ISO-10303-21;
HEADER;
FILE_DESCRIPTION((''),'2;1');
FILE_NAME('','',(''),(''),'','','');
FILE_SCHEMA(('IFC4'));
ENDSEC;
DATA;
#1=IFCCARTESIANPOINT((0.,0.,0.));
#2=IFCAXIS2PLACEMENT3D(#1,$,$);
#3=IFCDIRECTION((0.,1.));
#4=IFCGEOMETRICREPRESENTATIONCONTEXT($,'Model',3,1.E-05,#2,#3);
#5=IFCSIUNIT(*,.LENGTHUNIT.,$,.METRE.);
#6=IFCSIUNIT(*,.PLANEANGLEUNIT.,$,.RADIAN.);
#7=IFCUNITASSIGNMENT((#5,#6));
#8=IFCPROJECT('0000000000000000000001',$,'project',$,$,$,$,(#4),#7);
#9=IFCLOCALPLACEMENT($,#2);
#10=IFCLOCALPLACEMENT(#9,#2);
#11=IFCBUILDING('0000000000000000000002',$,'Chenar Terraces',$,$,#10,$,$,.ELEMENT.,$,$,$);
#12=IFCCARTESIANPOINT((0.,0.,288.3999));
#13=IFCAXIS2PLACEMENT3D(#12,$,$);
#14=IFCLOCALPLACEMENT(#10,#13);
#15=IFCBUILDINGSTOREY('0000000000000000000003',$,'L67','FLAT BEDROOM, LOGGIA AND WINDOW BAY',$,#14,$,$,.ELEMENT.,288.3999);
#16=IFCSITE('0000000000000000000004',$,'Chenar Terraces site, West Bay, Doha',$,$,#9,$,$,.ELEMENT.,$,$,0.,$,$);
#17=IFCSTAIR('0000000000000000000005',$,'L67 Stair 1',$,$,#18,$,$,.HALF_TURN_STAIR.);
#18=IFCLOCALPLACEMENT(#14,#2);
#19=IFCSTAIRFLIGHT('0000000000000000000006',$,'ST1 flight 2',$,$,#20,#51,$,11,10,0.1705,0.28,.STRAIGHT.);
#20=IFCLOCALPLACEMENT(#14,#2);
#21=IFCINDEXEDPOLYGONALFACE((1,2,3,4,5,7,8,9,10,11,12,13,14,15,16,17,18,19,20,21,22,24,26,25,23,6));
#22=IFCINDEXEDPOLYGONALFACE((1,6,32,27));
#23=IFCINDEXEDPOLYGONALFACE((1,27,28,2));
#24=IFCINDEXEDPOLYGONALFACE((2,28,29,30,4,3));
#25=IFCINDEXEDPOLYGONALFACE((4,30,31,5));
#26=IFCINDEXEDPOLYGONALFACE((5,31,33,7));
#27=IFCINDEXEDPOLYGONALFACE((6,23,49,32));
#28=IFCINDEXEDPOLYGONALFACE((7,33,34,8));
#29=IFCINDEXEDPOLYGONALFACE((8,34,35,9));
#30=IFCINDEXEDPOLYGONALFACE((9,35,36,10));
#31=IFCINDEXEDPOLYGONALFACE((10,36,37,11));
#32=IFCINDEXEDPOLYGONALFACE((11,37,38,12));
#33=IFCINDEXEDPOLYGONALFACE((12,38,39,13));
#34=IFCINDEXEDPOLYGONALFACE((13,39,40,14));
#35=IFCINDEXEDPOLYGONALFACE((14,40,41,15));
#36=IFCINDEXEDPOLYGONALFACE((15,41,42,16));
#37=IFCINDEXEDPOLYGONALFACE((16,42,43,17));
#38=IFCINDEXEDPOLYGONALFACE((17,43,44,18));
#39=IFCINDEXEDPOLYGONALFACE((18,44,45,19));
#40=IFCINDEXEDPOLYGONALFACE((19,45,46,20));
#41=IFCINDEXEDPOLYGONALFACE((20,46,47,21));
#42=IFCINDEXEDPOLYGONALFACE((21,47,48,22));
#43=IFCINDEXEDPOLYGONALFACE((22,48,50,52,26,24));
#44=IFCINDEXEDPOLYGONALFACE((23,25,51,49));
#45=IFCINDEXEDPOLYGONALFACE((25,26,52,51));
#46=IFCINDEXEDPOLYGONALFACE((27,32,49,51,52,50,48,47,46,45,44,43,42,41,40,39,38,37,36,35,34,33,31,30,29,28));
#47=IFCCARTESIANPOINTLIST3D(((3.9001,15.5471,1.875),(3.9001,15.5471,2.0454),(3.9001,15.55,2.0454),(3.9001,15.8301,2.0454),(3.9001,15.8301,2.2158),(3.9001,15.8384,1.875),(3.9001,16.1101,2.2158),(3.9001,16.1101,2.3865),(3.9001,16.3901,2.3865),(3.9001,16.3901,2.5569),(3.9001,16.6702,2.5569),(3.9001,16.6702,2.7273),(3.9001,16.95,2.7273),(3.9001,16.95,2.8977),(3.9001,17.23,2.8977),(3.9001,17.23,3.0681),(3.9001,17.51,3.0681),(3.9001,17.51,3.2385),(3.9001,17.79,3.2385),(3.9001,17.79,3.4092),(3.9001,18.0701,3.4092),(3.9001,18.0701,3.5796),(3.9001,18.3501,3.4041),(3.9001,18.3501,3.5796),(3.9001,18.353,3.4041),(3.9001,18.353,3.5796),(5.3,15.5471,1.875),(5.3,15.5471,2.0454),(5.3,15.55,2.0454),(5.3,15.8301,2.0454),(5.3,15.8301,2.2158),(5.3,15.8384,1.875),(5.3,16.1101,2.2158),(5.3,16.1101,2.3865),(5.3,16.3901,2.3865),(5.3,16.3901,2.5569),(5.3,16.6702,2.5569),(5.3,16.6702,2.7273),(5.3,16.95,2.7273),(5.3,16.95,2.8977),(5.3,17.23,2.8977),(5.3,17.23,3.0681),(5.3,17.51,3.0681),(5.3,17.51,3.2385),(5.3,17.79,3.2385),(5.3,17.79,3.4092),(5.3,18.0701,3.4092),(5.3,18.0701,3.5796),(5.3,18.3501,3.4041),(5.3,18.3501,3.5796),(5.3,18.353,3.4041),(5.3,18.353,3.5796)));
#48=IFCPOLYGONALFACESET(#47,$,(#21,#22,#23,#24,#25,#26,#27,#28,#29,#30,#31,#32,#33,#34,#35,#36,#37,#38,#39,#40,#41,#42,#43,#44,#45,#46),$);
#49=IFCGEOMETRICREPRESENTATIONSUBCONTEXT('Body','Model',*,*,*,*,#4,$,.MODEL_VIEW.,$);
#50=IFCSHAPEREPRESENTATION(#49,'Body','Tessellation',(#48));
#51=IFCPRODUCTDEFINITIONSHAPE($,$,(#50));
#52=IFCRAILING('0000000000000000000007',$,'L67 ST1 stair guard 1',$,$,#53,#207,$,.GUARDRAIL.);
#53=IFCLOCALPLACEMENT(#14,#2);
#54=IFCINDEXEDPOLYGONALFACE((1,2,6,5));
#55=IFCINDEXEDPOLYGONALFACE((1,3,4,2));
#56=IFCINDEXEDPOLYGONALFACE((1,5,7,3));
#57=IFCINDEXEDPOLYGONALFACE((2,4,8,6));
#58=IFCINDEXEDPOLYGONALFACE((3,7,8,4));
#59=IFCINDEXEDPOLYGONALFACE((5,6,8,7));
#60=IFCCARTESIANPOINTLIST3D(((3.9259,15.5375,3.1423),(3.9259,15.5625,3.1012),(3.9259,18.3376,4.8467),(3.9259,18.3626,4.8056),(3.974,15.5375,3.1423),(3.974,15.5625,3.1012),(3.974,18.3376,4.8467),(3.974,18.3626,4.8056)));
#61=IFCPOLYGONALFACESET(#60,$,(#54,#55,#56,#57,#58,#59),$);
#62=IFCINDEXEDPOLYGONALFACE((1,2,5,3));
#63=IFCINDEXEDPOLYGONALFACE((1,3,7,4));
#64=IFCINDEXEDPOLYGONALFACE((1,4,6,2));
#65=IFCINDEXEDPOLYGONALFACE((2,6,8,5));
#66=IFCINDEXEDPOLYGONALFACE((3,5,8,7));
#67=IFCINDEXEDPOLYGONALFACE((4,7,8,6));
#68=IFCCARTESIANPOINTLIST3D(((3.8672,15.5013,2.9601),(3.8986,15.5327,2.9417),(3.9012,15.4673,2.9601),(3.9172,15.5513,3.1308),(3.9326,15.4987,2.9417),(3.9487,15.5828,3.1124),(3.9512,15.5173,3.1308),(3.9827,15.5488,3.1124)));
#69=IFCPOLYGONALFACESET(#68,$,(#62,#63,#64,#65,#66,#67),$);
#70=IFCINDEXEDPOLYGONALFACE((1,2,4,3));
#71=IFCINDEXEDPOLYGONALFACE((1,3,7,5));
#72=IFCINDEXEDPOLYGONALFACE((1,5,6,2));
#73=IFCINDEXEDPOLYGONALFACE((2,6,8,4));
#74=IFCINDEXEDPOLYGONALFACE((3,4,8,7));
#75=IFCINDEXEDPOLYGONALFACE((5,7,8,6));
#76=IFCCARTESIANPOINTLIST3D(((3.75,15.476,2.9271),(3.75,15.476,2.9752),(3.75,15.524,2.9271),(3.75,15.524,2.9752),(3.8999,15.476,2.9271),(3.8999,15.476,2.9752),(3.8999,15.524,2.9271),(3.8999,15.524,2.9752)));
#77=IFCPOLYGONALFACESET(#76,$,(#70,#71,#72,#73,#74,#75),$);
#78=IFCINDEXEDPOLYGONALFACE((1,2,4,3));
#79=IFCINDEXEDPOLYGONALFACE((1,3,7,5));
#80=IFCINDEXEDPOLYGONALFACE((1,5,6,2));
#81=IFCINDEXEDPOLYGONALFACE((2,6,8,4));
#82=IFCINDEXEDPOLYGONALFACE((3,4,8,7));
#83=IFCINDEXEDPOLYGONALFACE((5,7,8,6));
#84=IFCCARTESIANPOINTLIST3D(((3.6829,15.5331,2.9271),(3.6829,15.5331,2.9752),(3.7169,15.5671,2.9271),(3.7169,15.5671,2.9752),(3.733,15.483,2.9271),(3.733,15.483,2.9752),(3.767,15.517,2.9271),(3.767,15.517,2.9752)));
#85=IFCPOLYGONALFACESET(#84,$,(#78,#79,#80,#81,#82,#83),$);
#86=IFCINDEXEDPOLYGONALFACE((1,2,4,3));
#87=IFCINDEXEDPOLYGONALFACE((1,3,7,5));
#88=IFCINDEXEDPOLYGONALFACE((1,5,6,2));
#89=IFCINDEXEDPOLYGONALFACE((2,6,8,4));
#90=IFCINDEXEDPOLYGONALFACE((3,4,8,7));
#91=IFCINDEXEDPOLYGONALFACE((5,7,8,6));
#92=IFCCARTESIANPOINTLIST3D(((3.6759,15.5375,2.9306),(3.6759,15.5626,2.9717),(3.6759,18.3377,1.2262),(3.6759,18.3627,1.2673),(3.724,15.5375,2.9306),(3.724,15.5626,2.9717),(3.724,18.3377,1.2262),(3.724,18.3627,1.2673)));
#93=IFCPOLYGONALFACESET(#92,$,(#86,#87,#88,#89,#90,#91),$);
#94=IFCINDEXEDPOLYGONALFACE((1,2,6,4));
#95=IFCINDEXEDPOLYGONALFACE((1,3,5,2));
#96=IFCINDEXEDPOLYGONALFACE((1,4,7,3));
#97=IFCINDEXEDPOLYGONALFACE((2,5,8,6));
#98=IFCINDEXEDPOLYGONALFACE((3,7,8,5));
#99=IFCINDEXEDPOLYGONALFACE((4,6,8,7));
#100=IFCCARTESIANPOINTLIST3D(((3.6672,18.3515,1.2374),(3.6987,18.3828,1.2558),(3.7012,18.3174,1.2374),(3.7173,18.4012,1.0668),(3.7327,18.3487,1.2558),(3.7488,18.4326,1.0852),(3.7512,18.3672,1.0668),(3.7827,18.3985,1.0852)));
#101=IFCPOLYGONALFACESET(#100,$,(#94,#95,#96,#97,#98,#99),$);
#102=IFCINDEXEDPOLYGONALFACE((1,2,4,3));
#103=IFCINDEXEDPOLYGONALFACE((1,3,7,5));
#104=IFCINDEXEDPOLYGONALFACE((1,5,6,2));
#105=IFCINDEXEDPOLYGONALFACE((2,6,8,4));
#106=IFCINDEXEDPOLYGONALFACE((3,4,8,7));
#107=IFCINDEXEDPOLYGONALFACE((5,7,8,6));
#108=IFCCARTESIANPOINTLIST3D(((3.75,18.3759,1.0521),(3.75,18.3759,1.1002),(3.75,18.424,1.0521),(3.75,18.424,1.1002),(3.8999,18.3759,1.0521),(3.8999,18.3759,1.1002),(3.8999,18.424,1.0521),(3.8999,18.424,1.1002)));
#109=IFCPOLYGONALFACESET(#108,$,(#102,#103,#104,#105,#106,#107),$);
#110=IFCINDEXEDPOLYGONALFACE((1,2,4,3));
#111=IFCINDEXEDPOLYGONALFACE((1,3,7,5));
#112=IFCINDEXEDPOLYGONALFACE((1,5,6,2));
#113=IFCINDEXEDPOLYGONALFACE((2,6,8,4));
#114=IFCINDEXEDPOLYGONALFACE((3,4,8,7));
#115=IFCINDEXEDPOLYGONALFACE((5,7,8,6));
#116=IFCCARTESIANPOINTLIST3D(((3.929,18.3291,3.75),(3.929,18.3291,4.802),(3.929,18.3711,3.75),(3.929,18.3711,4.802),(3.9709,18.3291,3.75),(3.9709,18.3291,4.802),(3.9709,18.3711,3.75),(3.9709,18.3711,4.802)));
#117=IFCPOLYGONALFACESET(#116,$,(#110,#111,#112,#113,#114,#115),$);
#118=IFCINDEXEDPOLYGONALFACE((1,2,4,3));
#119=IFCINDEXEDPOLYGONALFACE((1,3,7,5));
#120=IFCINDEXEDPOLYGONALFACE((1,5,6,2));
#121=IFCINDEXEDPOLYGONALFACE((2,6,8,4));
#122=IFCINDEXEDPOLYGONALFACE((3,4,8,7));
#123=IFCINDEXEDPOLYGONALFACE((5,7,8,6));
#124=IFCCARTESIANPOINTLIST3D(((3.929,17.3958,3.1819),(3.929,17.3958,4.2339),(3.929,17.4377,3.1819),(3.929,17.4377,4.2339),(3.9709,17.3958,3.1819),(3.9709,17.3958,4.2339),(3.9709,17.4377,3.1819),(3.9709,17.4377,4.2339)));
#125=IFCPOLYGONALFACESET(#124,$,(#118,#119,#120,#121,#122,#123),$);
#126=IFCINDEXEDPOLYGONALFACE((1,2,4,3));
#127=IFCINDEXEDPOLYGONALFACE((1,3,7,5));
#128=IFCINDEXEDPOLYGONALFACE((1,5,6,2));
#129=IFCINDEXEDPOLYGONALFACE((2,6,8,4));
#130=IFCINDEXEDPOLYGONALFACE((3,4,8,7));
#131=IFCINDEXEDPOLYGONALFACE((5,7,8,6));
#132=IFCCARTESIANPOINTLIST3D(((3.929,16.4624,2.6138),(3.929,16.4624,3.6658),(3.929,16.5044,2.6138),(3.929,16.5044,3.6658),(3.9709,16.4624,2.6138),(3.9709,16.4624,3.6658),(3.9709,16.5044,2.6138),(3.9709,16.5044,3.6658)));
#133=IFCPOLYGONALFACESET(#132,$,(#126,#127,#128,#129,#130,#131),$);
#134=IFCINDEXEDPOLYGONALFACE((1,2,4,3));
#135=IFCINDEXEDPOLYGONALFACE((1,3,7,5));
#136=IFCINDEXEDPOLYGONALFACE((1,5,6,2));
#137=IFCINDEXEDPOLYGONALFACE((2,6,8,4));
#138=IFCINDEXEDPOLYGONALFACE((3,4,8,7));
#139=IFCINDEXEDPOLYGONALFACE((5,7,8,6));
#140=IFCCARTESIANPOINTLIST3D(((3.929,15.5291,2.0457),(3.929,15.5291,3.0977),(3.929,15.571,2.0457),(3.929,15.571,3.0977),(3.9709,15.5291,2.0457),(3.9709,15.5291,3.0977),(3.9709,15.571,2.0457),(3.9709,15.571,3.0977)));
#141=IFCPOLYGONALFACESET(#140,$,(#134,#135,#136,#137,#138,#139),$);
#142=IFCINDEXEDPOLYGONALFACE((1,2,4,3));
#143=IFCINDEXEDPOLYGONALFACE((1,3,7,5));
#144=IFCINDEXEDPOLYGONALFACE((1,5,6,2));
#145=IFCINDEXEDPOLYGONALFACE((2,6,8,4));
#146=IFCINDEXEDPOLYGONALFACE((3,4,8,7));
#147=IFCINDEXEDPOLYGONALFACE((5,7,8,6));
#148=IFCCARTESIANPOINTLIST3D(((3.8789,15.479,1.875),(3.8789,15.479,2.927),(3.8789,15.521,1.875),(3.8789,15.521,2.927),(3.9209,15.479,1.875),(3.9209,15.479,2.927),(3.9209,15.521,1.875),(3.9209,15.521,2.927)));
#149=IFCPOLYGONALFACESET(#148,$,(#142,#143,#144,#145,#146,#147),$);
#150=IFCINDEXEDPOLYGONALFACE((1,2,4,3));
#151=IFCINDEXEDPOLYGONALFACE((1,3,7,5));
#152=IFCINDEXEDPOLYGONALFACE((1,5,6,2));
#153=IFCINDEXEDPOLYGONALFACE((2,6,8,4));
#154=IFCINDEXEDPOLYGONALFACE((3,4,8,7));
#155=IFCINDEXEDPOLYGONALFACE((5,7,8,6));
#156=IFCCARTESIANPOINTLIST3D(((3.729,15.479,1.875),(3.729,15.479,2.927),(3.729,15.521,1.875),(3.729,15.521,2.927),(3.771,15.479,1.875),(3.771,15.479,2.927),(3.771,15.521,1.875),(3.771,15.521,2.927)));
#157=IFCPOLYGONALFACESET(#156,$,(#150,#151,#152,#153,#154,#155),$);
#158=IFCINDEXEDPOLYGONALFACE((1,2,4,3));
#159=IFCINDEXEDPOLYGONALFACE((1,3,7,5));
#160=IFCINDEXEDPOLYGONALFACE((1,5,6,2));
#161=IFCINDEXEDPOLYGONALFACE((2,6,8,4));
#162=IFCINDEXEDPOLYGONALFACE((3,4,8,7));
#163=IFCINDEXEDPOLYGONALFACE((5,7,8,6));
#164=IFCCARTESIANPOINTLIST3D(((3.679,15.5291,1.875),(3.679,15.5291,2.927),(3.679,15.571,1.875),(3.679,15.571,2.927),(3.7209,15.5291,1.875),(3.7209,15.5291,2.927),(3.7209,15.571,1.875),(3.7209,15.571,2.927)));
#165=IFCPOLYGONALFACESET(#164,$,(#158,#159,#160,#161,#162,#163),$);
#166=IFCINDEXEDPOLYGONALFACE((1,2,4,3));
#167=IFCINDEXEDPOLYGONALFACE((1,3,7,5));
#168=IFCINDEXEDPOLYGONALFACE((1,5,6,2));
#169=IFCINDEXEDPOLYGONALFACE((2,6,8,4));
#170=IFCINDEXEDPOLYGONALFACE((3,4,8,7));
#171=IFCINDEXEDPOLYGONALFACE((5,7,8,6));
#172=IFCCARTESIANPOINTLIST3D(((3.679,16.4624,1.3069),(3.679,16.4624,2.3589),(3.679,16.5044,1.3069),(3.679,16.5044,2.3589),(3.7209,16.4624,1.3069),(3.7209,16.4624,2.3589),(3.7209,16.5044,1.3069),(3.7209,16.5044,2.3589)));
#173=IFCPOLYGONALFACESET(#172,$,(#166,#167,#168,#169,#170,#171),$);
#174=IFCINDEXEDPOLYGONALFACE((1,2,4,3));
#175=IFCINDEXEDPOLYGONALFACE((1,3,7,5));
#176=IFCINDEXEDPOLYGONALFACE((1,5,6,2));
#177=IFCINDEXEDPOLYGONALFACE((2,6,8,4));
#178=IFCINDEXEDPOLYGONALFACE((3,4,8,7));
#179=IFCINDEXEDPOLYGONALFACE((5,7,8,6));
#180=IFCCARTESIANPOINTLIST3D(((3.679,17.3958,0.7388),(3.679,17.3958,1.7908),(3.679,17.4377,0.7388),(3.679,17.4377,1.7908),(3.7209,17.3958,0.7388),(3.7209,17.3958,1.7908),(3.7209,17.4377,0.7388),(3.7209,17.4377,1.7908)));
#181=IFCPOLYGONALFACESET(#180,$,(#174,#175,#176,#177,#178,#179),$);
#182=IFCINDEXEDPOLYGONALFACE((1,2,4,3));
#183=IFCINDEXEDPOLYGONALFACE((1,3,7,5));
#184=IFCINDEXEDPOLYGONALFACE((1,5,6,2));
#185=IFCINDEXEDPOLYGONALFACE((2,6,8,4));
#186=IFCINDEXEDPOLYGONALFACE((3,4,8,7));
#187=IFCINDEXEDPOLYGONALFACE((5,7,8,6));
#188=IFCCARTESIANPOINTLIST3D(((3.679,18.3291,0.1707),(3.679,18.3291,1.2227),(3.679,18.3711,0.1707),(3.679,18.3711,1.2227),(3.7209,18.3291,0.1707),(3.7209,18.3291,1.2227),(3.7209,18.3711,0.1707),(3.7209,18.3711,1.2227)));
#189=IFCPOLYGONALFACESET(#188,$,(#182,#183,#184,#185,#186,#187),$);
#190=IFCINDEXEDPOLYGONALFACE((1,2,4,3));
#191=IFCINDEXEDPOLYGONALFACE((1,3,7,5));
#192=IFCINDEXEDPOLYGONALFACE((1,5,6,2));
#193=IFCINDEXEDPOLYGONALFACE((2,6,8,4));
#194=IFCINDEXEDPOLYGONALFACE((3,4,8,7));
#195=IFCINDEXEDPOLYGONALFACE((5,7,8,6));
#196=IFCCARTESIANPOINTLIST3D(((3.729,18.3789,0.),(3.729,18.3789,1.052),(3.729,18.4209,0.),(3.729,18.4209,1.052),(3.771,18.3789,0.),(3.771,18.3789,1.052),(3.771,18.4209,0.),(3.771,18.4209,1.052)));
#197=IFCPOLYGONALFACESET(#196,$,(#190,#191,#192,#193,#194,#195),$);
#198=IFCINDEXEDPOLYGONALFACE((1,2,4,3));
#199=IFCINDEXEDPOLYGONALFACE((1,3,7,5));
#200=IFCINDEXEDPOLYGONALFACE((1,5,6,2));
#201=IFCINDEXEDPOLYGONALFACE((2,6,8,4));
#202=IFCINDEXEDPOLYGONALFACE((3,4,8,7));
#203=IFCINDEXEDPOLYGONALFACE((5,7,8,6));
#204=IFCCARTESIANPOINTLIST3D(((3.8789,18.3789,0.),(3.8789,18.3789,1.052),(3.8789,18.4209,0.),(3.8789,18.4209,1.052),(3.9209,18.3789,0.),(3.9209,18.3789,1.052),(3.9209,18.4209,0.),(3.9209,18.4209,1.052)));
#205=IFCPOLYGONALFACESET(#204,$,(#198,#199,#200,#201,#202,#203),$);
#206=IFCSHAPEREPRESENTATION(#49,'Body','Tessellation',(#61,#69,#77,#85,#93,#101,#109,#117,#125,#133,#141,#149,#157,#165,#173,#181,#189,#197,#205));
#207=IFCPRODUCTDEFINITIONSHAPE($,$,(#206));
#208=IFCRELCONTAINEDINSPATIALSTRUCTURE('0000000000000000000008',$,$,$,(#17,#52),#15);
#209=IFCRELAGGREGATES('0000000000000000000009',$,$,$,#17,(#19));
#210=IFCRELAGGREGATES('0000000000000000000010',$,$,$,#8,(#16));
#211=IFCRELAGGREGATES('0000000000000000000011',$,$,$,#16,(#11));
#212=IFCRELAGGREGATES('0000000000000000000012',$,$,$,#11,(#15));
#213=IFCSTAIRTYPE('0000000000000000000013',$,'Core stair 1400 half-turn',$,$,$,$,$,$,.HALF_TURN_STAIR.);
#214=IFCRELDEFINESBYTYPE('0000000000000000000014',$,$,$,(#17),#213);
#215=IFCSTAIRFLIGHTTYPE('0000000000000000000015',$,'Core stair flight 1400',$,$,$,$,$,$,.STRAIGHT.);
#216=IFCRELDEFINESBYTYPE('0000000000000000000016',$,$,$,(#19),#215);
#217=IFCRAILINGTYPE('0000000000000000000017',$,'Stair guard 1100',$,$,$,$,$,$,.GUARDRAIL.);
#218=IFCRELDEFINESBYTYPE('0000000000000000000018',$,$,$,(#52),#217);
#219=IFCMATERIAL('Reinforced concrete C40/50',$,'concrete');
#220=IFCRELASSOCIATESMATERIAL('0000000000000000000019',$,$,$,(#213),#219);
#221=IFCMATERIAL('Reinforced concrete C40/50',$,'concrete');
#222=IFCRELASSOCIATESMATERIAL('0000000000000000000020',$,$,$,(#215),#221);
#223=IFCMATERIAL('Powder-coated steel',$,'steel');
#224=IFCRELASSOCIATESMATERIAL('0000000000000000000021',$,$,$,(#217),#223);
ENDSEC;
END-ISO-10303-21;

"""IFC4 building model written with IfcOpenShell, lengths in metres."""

from ifc_helpers import new_model, si_unit, direction, frame, origin, origin_2d, place, context, subcontext, project, spatial, polyline, rectangle, outline, extrude, material, type_object, element, aggregate, save


model = new_model("IFC4")

# Units and contexts
model_context = context("Model", 3, precision=1e-05, world=origin(), true_north=direction((0.0, 1.0)))
body_context = subcontext(model_context, "Body", "Model", "MODEL_VIEW")
ifc_project = project(units=[si_unit("LENGTHUNIT", "METRE"), si_unit("PLANEANGLEUNIT", "RADIAN")], contexts=[model_context])

# Site, building, storey
site_placement = place(None, origin())
site = spatial("IfcSite", under=ifc_project, at=site_placement, Name="Chenar Terraces site, West Bay, Doha", CompositionType="ELEMENT", RefElevation=0.0)
building_placement = place(site_placement, origin())
building = spatial("IfcBuilding", under=site, at=building_placement, Name="Chenar Terraces", CompositionType="ELEMENT")
storey_placement = place(building_placement, frame((0.0, 0.0, 288.3999)))
storey = spatial("IfcBuildingStorey", under=building, at=storey_placement, Name="L67", Description="FLAT BEDROOM, LOGGIA AND WINDOW BAY", CompositionType="ELEMENT", Elevation=288.3999)

# Stair, stair flight
ifc_material_1 = material(Name="Reinforced concrete C40/50", Category="concrete")
stair_type = type_object("IfcStairType", Name="Core stair 1400 half-turn", PredefinedType="HALF_TURN_STAIR", material=ifc_material_1)
stair_placement = place(storey_placement, origin())
stair = element("IfcStair", 1, at=stair_placement, inside=storey, type_object=stair_type, Name="L67 Stair 1", PredefinedType="HALF_TURN_STAIR")
ifc_material_2 = material(Name="Reinforced concrete C40/50", Category="concrete")
stair_flight_type = type_object("IfcStairFlightType", Name="Core stair flight 1400", PredefinedType="STRAIGHT", material=ifc_material_2)
stair_flight_1_placement = place(storey_placement, frame((4.6001, 15.55, 1.875), z_axis=(0.0, 0.0, 1.0), x_axis=(0.0, 1.0, 0.0)))
stair_flight_1 = element("IfcStairFlight", 2, at=stair_flight_1_placement, type_object=stair_flight_type, Name="ST1 flight 2", NumberOfRisers=11, NumberOfTreads=10, PredefinedType="STRAIGHT", RiserHeight=0.1705, TreadLength=0.28, context=body_context, shape_type="SweptSolid", body=[
    extrude(outline(polyline([(-0.0029, 0.0), (-0.0029, 0.1704), (0.0, 0.1704), (0.28, 0.1704), (0.28, 0.3408), (0.5601, 0.3408), (0.5601, 0.5115), (0.8401, 0.5115), (0.8401, 0.6819), (1.1201, 0.6819), (1.1201, 0.8523), (1.3999, 0.8523), (1.3999, 1.0227), (1.6799, 1.0227), (1.6799, 1.1931), (1.96, 1.1931), (1.96, 1.3635), (2.24, 1.3635), (2.24, 1.5342), (2.52, 1.5342), (2.52, 1.7046), (2.8, 1.7046), (2.803, 1.7046), (2.803, 1.5291), (2.8, 1.5291), (0.2883, 0.0), (-0.0029, 0.0)])), frame((0.0, 0.7, 0.0), z_axis=(0.0, -1.0, 0.0), x_axis=(1.0, 0.0, 0.0)), (0.0, 0.0, 1.0), 1.3999),
])
aggregate(stair, [stair_flight_1])

# Railing
ifc_material_3 = material(Name="Powder-coated steel", Category="steel")
railing_type_1 = type_object("IfcRailingType", Name="Stair guard 1100", PredefinedType="GUARDRAIL", material=ifc_material_3)
railing_1_placement = place(storey_placement, frame((3.95, 18.3501, 3.75)))
element("IfcRailing", 3, at=railing_1_placement, inside=storey, type_object=railing_type_1, Name="L67 ST1 stair guard 1", PredefinedType="GUARDRAIL", context=body_context, shape_type="SweptSolid", body=[
    extrude(rectangle(XDim=0.0481, YDim=0.0481, at=origin_2d()), frame((0.0, 0.0, 1.0762), z_axis=(0.0, -0.854203, -0.51994), x_axis=(1.0, 0.0, 0.0)), (0.0, 0.0, 1.0), 3.2781),
    extrude(rectangle(XDim=0.0481, YDim=0.0481, at=origin_2d()), frame((0.0, -2.8, -0.6284), z_axis=(-0.2709, -0.2709, -0.923703), x_axis=(0.707107, -0.707107, 0.0)), (0.0, 0.0, 1.0), 0.1848),
    extrude(rectangle(XDim=0.0481, YDim=0.0481, at=origin_2d()), frame((-0.05, -2.8501, -0.7988), z_axis=(-1.0, 0.0, 0.0), x_axis=(0.0, -1.0, 0.0)), (0.0, 0.0, 1.0), 0.1499),
    extrude(rectangle(XDim=0.0481, YDim=0.0481, at=origin_2d()), frame((-0.2, -2.8501, -0.7988), z_axis=(-0.707107, 0.707107, 0.0), x_axis=(-0.707107, -0.707107, 0.0)), (0.0, 0.0, 1.0), 0.0708),
    extrude(rectangle(XDim=0.0481, YDim=0.0481, at=origin_2d()), frame((-0.25, -2.8, -0.7988), z_axis=(0.0, 0.854203, -0.51994), x_axis=(-1.0, 0.0, 0.0)), (0.0, 0.0, 1.0), 3.2781),
    extrude(rectangle(XDim=0.0481, YDim=0.0481, at=origin_2d()), frame((-0.25, 0.0, -2.5034), z_axis=(0.270997, 0.269675, -0.924033), x_axis=(-0.705376, 0.708834, 0.0)), (0.0, 0.0, 1.0), 0.1846),
    extrude(rectangle(XDim=0.0481, YDim=0.0481, at=origin_2d()), frame((-0.2, 0.0498, -2.6738), z_axis=(1.0, 0.0, 0.0), x_axis=(0.0, 1.0, 0.0)), (0.0, 0.0, 1.0), 0.1499),
    extrude(rectangle(XDim=0.042, YDim=0.042, at=origin_2d()), origin(), (0.0, 0.0, 1.0), 1.052),
    extrude(rectangle(XDim=0.042, YDim=0.042, at=origin_2d()), frame((0.0, -0.9333, -0.5681)), (0.0, 0.0, 1.0), 1.052),
    extrude(rectangle(XDim=0.042, YDim=0.042, at=origin_2d()), frame((0.0, -1.8667, -1.1362)), (0.0, 0.0, 1.0), 1.052),
    extrude(rectangle(XDim=0.042, YDim=0.042, at=origin_2d()), frame((0.0, -2.8, -1.7043)), (0.0, 0.0, 1.0), 1.052),
    extrude(rectangle(XDim=0.042, YDim=0.042, at=origin_2d()), frame((-0.05, -2.8501, -1.875)), (0.0, 0.0, 1.0), 1.052),
    extrude(rectangle(XDim=0.042, YDim=0.042, at=origin_2d()), frame((-0.2, -2.8501, -1.875)), (0.0, 0.0, 1.0), 1.052),
    extrude(rectangle(XDim=0.042, YDim=0.042, at=origin_2d()), frame((-0.25, -2.8, -1.875)), (0.0, 0.0, 1.0), 1.052),
    extrude(rectangle(XDim=0.042, YDim=0.042, at=origin_2d()), frame((-0.25, -1.8667, -2.4431)), (0.0, 0.0, 1.0), 1.052),
    extrude(rectangle(XDim=0.042, YDim=0.042, at=origin_2d()), frame((-0.25, -0.9333, -3.0112)), (0.0, 0.0, 1.0), 1.052),
    extrude(rectangle(XDim=0.042, YDim=0.042, at=origin_2d()), frame((-0.25, 0.0, -3.5793)), (0.0, 0.0, 1.0), 1.052),
    extrude(rectangle(XDim=0.042, YDim=0.042, at=origin_2d()), frame((-0.2, 0.0498, -3.75)), (0.0, 0.0, 1.0), 1.052),
    extrude(rectangle(XDim=0.042, YDim=0.042, at=origin_2d()), frame((-0.05, 0.0498, -3.75)), (0.0, 0.0, 1.0), 1.052),
])

save(model, "model.ifc")
